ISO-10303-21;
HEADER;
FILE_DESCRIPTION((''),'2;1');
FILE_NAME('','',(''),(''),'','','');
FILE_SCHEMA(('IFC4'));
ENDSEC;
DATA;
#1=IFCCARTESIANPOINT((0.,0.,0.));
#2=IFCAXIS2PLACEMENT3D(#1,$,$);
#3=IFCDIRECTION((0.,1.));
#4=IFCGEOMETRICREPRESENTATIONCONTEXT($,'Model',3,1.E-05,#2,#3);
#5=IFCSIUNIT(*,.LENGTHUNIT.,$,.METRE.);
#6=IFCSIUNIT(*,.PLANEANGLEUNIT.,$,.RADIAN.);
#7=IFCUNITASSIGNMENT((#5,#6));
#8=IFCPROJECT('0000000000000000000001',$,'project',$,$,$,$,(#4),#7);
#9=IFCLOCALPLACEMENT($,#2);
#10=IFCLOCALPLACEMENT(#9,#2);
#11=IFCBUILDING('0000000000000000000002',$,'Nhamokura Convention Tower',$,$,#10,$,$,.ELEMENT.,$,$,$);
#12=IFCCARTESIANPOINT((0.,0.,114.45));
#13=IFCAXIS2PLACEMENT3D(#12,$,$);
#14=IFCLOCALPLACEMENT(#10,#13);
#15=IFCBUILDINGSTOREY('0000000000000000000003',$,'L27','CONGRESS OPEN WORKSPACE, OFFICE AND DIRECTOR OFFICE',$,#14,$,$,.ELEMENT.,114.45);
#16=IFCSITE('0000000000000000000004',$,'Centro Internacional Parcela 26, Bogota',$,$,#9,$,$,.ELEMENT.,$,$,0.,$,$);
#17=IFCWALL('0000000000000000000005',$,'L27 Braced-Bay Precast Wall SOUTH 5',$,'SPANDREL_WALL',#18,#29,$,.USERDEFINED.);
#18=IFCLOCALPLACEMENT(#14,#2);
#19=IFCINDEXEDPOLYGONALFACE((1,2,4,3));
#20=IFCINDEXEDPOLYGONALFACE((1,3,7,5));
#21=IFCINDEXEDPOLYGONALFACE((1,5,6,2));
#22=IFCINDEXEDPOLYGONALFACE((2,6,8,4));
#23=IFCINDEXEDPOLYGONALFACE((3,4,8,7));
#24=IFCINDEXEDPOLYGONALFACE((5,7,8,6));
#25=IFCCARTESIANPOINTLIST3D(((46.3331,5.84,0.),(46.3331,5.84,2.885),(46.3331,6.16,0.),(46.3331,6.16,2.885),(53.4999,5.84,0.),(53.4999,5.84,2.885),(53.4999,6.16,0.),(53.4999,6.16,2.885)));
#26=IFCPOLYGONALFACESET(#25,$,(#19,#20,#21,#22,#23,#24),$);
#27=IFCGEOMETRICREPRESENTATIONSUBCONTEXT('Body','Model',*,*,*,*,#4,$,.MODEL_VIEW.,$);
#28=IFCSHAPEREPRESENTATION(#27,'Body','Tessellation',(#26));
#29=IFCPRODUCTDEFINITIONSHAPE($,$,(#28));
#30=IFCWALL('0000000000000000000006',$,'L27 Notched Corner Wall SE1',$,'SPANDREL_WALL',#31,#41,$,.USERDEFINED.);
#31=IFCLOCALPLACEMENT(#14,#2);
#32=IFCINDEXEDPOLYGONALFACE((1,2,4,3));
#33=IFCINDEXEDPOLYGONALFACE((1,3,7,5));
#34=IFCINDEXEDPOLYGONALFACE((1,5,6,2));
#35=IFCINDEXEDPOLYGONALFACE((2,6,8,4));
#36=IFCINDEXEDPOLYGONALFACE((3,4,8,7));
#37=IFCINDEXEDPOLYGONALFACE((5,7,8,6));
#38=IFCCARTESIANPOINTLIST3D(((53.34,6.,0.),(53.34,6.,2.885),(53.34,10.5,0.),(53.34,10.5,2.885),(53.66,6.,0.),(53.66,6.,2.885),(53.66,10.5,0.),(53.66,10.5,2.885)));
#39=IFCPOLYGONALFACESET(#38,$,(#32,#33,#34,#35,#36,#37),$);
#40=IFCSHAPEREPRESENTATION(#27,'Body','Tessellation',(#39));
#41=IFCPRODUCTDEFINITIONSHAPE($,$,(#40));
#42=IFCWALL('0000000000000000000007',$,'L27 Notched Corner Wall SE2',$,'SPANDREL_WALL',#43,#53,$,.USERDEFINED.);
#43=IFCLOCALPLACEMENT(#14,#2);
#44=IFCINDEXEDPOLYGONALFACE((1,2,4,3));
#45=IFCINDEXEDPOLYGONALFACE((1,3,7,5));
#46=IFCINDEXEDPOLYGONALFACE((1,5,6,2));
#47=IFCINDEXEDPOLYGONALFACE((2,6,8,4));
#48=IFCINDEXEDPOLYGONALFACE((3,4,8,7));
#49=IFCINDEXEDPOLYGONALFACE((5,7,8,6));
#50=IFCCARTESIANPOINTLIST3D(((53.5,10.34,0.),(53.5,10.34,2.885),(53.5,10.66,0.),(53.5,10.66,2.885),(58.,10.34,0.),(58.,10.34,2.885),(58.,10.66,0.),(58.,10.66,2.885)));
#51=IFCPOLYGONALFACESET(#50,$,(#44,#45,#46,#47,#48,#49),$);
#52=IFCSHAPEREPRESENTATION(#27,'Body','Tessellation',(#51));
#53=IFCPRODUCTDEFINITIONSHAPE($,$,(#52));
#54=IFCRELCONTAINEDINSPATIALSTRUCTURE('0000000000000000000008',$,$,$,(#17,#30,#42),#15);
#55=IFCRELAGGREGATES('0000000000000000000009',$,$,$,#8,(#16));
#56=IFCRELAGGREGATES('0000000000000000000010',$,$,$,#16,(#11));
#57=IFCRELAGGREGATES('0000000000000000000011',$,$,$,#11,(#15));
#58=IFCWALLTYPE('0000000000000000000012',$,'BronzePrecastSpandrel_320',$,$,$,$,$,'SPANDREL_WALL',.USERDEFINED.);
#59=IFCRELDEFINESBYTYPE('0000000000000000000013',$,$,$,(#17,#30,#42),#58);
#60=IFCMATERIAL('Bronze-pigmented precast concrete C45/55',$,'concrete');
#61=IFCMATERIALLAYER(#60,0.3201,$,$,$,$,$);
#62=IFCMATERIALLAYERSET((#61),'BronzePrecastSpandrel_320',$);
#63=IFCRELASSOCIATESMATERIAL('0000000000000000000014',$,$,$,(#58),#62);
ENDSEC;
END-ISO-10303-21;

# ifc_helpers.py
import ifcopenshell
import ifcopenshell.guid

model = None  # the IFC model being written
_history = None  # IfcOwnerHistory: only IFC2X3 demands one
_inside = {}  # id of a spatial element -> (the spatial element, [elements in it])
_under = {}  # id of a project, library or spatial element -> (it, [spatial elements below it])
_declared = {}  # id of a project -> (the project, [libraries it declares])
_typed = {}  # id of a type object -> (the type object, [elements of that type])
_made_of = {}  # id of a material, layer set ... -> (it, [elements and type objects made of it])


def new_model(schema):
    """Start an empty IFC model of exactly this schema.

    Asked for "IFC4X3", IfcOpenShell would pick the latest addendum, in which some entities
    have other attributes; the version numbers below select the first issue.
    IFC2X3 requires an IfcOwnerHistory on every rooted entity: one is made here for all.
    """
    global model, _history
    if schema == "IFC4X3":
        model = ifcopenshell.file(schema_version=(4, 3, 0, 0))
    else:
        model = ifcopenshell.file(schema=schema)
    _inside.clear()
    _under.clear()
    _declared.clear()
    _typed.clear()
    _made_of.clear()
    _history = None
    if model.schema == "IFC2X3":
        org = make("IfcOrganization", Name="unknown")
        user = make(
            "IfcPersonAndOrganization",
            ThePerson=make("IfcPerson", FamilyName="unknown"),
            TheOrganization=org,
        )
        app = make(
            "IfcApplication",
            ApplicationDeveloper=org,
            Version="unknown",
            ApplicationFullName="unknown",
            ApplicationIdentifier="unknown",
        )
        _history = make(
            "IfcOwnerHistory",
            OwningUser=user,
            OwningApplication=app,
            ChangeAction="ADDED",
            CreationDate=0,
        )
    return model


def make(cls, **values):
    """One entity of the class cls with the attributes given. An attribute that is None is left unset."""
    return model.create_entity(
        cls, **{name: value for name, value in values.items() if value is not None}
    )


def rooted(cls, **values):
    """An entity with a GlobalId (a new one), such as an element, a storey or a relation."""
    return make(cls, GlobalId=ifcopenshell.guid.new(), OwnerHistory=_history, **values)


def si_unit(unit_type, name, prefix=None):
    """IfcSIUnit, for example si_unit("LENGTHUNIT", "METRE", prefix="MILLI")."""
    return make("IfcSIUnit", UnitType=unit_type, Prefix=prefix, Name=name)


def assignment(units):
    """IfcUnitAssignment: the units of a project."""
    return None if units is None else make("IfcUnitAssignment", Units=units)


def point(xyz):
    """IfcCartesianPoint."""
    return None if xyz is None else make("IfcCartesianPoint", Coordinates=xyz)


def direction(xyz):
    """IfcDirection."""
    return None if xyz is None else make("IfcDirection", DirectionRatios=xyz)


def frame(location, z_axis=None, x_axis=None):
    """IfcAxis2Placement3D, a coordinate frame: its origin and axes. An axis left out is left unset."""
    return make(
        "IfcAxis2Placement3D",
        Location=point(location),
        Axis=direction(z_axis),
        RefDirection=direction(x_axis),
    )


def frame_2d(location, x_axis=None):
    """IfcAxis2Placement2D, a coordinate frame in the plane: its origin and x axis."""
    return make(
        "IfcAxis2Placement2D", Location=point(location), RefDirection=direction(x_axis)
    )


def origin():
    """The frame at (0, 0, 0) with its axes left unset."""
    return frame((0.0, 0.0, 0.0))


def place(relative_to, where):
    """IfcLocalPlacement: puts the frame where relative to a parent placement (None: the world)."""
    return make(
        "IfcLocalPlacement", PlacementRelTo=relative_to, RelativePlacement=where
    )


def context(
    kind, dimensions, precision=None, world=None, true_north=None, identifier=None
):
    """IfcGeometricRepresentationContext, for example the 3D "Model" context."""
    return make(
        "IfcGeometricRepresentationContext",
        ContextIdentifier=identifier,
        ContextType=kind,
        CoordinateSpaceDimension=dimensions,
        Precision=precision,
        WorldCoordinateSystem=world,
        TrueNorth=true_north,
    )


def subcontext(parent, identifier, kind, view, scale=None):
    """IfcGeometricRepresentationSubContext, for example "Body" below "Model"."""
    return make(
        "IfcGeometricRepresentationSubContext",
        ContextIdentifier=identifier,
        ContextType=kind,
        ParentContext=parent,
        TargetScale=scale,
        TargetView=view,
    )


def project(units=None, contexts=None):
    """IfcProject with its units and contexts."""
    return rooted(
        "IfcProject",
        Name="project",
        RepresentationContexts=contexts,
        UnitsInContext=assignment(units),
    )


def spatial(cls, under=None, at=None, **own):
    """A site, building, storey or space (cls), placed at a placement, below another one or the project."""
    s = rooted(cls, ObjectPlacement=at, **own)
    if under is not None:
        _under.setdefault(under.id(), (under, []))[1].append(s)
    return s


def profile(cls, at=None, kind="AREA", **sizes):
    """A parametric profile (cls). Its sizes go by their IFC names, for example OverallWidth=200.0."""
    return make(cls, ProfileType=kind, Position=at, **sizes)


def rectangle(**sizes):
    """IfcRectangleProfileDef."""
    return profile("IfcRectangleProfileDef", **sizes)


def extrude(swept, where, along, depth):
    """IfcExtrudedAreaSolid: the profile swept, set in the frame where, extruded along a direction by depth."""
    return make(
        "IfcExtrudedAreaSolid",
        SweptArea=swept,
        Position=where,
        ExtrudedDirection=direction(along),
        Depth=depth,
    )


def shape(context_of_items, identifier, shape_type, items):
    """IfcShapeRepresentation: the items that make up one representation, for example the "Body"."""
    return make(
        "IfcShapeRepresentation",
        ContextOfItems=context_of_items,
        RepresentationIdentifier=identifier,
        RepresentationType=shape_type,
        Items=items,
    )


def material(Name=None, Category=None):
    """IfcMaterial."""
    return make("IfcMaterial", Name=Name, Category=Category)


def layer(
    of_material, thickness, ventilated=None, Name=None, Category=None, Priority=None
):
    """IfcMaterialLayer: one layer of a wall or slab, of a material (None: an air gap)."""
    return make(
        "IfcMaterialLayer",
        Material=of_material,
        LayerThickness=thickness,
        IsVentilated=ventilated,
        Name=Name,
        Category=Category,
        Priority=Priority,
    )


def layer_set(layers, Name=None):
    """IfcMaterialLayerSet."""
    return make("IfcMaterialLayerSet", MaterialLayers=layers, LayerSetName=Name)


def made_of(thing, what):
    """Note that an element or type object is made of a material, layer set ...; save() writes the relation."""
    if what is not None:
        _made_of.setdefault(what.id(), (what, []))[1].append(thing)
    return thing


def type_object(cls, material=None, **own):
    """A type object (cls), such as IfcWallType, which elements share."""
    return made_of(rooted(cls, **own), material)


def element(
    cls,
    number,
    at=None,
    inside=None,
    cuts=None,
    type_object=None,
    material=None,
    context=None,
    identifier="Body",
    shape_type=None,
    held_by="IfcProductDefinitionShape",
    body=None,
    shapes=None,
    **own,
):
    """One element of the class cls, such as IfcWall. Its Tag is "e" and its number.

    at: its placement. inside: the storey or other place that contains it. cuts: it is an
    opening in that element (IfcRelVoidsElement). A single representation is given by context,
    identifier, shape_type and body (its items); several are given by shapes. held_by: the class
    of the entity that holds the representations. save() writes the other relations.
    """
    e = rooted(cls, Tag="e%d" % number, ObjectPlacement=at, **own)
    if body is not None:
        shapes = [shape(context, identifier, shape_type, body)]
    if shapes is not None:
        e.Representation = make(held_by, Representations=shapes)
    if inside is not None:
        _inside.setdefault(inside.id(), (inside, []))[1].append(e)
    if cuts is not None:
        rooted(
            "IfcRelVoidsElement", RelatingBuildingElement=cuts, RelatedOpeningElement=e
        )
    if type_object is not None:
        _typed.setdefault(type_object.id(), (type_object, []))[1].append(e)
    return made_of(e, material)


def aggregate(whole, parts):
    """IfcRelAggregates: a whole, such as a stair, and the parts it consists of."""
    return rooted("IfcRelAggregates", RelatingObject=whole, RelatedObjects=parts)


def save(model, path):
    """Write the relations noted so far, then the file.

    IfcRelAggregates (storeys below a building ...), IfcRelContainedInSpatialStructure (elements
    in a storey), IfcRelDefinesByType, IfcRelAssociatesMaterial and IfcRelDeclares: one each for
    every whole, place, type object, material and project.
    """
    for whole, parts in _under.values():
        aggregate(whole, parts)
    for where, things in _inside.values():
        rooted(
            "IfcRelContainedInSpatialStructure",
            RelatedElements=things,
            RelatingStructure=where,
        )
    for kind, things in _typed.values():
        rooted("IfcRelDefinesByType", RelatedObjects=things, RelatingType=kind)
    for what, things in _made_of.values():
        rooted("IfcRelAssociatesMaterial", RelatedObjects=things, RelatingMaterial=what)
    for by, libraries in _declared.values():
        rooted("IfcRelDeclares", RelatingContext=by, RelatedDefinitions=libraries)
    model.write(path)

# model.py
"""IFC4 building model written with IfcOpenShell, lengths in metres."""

from ifc_helpers import new_model, si_unit, direction, frame, frame_2d, origin, place, context, subcontext, project, spatial, rectangle, extrude, material, layer, layer_set, type_object, element, save


model = new_model("IFC4")

# Units and contexts
model_context = context("Model", 3, precision=1e-05, world=origin(), true_north=direction((0.0, 1.0)))
body_context = subcontext(model_context, "Body", "Model", "MODEL_VIEW")
ifc_project = project(units=[si_unit("LENGTHUNIT", "METRE"), si_unit("PLANEANGLEUNIT", "RADIAN")], contexts=[model_context])

# Site, building, storey
site_placement = place(None, origin())
site = spatial("IfcSite", under=ifc_project, at=site_placement, Name="Centro Internacional Parcela 26, Bogota", CompositionType="ELEMENT", RefElevation=0.0)
building_placement = place(site_placement, origin())
building = spatial("IfcBuilding", under=site, at=building_placement, Name="Nhamokura Convention Tower", CompositionType="ELEMENT")
storey_placement = place(building_placement, frame((0.0, 0.0, 114.45)))
storey = spatial("IfcBuildingStorey", under=building, at=storey_placement, Name="L27", Description="CONGRESS OPEN WORKSPACE, OFFICE AND DIRECTOR OFFICE", CompositionType="ELEMENT", Elevation=114.45)

# Shared definitions
ifc_material_1 = material(Name="Bronze-pigmented precast concrete C45/55", Category="concrete")
ifc_layer = layer(ifc_material_1, 0.3201)
ifc_layer_set = layer_set([ifc_layer], Name="BronzePrecastSpandrel_320")
wall_type = type_object("IfcWallType", Name="BronzePrecastSpandrel_320", ElementType="SPANDREL_WALL", PredefinedType="USERDEFINED", material=ifc_layer_set)

# Walls
wall_1_placement = place(storey_placement, frame((53.5, 6.0, 0.0), z_axis=(0.0, 0.0, 1.0), x_axis=(-1.0, 0.0, 0.0)))
element("IfcWall", 1, at=wall_1_placement, inside=storey, type_object=wall_type, Name="L27 Braced-Bay Precast Wall SOUTH 5", ObjectType="SPANDREL_WALL", PredefinedType="USERDEFINED", context=body_context, shape_type="SweptSolid", body=[
    extrude(rectangle(XDim=7.1667, YDim=0.3201, at=frame_2d((3.5835, 0.0))), origin(), (0.0, 0.0, 1.0), 2.885),
])
for number, where, z_axis, x_axis, name in (
    (2, (53.5, 10.5, 0.0), (0.0, 0.0, 1.0), (0.0, -1.0, 0.0), "L27 Notched Corner Wall SE1"),
    (3, (58.0, 10.5, 0.0), (0.0, 0.0, 1.0), (-1.0, 0.0, 0.0), "L27 Notched Corner Wall SE2"),
):
    element("IfcWall", number, at=place(storey_placement, frame(where, z_axis=z_axis, x_axis=x_axis)), inside=storey, type_object=wall_type, Name=name, ObjectType="SPANDREL_WALL", PredefinedType="USERDEFINED", context=body_context, shape_type="SweptSolid", body=[
        extrude(rectangle(XDim=4.5, YDim=0.3201, at=frame_2d((2.25, 0.0))), origin(), (0.0, 0.0, 1.0), 2.885),
    ])

save(model, "model.ifc")
